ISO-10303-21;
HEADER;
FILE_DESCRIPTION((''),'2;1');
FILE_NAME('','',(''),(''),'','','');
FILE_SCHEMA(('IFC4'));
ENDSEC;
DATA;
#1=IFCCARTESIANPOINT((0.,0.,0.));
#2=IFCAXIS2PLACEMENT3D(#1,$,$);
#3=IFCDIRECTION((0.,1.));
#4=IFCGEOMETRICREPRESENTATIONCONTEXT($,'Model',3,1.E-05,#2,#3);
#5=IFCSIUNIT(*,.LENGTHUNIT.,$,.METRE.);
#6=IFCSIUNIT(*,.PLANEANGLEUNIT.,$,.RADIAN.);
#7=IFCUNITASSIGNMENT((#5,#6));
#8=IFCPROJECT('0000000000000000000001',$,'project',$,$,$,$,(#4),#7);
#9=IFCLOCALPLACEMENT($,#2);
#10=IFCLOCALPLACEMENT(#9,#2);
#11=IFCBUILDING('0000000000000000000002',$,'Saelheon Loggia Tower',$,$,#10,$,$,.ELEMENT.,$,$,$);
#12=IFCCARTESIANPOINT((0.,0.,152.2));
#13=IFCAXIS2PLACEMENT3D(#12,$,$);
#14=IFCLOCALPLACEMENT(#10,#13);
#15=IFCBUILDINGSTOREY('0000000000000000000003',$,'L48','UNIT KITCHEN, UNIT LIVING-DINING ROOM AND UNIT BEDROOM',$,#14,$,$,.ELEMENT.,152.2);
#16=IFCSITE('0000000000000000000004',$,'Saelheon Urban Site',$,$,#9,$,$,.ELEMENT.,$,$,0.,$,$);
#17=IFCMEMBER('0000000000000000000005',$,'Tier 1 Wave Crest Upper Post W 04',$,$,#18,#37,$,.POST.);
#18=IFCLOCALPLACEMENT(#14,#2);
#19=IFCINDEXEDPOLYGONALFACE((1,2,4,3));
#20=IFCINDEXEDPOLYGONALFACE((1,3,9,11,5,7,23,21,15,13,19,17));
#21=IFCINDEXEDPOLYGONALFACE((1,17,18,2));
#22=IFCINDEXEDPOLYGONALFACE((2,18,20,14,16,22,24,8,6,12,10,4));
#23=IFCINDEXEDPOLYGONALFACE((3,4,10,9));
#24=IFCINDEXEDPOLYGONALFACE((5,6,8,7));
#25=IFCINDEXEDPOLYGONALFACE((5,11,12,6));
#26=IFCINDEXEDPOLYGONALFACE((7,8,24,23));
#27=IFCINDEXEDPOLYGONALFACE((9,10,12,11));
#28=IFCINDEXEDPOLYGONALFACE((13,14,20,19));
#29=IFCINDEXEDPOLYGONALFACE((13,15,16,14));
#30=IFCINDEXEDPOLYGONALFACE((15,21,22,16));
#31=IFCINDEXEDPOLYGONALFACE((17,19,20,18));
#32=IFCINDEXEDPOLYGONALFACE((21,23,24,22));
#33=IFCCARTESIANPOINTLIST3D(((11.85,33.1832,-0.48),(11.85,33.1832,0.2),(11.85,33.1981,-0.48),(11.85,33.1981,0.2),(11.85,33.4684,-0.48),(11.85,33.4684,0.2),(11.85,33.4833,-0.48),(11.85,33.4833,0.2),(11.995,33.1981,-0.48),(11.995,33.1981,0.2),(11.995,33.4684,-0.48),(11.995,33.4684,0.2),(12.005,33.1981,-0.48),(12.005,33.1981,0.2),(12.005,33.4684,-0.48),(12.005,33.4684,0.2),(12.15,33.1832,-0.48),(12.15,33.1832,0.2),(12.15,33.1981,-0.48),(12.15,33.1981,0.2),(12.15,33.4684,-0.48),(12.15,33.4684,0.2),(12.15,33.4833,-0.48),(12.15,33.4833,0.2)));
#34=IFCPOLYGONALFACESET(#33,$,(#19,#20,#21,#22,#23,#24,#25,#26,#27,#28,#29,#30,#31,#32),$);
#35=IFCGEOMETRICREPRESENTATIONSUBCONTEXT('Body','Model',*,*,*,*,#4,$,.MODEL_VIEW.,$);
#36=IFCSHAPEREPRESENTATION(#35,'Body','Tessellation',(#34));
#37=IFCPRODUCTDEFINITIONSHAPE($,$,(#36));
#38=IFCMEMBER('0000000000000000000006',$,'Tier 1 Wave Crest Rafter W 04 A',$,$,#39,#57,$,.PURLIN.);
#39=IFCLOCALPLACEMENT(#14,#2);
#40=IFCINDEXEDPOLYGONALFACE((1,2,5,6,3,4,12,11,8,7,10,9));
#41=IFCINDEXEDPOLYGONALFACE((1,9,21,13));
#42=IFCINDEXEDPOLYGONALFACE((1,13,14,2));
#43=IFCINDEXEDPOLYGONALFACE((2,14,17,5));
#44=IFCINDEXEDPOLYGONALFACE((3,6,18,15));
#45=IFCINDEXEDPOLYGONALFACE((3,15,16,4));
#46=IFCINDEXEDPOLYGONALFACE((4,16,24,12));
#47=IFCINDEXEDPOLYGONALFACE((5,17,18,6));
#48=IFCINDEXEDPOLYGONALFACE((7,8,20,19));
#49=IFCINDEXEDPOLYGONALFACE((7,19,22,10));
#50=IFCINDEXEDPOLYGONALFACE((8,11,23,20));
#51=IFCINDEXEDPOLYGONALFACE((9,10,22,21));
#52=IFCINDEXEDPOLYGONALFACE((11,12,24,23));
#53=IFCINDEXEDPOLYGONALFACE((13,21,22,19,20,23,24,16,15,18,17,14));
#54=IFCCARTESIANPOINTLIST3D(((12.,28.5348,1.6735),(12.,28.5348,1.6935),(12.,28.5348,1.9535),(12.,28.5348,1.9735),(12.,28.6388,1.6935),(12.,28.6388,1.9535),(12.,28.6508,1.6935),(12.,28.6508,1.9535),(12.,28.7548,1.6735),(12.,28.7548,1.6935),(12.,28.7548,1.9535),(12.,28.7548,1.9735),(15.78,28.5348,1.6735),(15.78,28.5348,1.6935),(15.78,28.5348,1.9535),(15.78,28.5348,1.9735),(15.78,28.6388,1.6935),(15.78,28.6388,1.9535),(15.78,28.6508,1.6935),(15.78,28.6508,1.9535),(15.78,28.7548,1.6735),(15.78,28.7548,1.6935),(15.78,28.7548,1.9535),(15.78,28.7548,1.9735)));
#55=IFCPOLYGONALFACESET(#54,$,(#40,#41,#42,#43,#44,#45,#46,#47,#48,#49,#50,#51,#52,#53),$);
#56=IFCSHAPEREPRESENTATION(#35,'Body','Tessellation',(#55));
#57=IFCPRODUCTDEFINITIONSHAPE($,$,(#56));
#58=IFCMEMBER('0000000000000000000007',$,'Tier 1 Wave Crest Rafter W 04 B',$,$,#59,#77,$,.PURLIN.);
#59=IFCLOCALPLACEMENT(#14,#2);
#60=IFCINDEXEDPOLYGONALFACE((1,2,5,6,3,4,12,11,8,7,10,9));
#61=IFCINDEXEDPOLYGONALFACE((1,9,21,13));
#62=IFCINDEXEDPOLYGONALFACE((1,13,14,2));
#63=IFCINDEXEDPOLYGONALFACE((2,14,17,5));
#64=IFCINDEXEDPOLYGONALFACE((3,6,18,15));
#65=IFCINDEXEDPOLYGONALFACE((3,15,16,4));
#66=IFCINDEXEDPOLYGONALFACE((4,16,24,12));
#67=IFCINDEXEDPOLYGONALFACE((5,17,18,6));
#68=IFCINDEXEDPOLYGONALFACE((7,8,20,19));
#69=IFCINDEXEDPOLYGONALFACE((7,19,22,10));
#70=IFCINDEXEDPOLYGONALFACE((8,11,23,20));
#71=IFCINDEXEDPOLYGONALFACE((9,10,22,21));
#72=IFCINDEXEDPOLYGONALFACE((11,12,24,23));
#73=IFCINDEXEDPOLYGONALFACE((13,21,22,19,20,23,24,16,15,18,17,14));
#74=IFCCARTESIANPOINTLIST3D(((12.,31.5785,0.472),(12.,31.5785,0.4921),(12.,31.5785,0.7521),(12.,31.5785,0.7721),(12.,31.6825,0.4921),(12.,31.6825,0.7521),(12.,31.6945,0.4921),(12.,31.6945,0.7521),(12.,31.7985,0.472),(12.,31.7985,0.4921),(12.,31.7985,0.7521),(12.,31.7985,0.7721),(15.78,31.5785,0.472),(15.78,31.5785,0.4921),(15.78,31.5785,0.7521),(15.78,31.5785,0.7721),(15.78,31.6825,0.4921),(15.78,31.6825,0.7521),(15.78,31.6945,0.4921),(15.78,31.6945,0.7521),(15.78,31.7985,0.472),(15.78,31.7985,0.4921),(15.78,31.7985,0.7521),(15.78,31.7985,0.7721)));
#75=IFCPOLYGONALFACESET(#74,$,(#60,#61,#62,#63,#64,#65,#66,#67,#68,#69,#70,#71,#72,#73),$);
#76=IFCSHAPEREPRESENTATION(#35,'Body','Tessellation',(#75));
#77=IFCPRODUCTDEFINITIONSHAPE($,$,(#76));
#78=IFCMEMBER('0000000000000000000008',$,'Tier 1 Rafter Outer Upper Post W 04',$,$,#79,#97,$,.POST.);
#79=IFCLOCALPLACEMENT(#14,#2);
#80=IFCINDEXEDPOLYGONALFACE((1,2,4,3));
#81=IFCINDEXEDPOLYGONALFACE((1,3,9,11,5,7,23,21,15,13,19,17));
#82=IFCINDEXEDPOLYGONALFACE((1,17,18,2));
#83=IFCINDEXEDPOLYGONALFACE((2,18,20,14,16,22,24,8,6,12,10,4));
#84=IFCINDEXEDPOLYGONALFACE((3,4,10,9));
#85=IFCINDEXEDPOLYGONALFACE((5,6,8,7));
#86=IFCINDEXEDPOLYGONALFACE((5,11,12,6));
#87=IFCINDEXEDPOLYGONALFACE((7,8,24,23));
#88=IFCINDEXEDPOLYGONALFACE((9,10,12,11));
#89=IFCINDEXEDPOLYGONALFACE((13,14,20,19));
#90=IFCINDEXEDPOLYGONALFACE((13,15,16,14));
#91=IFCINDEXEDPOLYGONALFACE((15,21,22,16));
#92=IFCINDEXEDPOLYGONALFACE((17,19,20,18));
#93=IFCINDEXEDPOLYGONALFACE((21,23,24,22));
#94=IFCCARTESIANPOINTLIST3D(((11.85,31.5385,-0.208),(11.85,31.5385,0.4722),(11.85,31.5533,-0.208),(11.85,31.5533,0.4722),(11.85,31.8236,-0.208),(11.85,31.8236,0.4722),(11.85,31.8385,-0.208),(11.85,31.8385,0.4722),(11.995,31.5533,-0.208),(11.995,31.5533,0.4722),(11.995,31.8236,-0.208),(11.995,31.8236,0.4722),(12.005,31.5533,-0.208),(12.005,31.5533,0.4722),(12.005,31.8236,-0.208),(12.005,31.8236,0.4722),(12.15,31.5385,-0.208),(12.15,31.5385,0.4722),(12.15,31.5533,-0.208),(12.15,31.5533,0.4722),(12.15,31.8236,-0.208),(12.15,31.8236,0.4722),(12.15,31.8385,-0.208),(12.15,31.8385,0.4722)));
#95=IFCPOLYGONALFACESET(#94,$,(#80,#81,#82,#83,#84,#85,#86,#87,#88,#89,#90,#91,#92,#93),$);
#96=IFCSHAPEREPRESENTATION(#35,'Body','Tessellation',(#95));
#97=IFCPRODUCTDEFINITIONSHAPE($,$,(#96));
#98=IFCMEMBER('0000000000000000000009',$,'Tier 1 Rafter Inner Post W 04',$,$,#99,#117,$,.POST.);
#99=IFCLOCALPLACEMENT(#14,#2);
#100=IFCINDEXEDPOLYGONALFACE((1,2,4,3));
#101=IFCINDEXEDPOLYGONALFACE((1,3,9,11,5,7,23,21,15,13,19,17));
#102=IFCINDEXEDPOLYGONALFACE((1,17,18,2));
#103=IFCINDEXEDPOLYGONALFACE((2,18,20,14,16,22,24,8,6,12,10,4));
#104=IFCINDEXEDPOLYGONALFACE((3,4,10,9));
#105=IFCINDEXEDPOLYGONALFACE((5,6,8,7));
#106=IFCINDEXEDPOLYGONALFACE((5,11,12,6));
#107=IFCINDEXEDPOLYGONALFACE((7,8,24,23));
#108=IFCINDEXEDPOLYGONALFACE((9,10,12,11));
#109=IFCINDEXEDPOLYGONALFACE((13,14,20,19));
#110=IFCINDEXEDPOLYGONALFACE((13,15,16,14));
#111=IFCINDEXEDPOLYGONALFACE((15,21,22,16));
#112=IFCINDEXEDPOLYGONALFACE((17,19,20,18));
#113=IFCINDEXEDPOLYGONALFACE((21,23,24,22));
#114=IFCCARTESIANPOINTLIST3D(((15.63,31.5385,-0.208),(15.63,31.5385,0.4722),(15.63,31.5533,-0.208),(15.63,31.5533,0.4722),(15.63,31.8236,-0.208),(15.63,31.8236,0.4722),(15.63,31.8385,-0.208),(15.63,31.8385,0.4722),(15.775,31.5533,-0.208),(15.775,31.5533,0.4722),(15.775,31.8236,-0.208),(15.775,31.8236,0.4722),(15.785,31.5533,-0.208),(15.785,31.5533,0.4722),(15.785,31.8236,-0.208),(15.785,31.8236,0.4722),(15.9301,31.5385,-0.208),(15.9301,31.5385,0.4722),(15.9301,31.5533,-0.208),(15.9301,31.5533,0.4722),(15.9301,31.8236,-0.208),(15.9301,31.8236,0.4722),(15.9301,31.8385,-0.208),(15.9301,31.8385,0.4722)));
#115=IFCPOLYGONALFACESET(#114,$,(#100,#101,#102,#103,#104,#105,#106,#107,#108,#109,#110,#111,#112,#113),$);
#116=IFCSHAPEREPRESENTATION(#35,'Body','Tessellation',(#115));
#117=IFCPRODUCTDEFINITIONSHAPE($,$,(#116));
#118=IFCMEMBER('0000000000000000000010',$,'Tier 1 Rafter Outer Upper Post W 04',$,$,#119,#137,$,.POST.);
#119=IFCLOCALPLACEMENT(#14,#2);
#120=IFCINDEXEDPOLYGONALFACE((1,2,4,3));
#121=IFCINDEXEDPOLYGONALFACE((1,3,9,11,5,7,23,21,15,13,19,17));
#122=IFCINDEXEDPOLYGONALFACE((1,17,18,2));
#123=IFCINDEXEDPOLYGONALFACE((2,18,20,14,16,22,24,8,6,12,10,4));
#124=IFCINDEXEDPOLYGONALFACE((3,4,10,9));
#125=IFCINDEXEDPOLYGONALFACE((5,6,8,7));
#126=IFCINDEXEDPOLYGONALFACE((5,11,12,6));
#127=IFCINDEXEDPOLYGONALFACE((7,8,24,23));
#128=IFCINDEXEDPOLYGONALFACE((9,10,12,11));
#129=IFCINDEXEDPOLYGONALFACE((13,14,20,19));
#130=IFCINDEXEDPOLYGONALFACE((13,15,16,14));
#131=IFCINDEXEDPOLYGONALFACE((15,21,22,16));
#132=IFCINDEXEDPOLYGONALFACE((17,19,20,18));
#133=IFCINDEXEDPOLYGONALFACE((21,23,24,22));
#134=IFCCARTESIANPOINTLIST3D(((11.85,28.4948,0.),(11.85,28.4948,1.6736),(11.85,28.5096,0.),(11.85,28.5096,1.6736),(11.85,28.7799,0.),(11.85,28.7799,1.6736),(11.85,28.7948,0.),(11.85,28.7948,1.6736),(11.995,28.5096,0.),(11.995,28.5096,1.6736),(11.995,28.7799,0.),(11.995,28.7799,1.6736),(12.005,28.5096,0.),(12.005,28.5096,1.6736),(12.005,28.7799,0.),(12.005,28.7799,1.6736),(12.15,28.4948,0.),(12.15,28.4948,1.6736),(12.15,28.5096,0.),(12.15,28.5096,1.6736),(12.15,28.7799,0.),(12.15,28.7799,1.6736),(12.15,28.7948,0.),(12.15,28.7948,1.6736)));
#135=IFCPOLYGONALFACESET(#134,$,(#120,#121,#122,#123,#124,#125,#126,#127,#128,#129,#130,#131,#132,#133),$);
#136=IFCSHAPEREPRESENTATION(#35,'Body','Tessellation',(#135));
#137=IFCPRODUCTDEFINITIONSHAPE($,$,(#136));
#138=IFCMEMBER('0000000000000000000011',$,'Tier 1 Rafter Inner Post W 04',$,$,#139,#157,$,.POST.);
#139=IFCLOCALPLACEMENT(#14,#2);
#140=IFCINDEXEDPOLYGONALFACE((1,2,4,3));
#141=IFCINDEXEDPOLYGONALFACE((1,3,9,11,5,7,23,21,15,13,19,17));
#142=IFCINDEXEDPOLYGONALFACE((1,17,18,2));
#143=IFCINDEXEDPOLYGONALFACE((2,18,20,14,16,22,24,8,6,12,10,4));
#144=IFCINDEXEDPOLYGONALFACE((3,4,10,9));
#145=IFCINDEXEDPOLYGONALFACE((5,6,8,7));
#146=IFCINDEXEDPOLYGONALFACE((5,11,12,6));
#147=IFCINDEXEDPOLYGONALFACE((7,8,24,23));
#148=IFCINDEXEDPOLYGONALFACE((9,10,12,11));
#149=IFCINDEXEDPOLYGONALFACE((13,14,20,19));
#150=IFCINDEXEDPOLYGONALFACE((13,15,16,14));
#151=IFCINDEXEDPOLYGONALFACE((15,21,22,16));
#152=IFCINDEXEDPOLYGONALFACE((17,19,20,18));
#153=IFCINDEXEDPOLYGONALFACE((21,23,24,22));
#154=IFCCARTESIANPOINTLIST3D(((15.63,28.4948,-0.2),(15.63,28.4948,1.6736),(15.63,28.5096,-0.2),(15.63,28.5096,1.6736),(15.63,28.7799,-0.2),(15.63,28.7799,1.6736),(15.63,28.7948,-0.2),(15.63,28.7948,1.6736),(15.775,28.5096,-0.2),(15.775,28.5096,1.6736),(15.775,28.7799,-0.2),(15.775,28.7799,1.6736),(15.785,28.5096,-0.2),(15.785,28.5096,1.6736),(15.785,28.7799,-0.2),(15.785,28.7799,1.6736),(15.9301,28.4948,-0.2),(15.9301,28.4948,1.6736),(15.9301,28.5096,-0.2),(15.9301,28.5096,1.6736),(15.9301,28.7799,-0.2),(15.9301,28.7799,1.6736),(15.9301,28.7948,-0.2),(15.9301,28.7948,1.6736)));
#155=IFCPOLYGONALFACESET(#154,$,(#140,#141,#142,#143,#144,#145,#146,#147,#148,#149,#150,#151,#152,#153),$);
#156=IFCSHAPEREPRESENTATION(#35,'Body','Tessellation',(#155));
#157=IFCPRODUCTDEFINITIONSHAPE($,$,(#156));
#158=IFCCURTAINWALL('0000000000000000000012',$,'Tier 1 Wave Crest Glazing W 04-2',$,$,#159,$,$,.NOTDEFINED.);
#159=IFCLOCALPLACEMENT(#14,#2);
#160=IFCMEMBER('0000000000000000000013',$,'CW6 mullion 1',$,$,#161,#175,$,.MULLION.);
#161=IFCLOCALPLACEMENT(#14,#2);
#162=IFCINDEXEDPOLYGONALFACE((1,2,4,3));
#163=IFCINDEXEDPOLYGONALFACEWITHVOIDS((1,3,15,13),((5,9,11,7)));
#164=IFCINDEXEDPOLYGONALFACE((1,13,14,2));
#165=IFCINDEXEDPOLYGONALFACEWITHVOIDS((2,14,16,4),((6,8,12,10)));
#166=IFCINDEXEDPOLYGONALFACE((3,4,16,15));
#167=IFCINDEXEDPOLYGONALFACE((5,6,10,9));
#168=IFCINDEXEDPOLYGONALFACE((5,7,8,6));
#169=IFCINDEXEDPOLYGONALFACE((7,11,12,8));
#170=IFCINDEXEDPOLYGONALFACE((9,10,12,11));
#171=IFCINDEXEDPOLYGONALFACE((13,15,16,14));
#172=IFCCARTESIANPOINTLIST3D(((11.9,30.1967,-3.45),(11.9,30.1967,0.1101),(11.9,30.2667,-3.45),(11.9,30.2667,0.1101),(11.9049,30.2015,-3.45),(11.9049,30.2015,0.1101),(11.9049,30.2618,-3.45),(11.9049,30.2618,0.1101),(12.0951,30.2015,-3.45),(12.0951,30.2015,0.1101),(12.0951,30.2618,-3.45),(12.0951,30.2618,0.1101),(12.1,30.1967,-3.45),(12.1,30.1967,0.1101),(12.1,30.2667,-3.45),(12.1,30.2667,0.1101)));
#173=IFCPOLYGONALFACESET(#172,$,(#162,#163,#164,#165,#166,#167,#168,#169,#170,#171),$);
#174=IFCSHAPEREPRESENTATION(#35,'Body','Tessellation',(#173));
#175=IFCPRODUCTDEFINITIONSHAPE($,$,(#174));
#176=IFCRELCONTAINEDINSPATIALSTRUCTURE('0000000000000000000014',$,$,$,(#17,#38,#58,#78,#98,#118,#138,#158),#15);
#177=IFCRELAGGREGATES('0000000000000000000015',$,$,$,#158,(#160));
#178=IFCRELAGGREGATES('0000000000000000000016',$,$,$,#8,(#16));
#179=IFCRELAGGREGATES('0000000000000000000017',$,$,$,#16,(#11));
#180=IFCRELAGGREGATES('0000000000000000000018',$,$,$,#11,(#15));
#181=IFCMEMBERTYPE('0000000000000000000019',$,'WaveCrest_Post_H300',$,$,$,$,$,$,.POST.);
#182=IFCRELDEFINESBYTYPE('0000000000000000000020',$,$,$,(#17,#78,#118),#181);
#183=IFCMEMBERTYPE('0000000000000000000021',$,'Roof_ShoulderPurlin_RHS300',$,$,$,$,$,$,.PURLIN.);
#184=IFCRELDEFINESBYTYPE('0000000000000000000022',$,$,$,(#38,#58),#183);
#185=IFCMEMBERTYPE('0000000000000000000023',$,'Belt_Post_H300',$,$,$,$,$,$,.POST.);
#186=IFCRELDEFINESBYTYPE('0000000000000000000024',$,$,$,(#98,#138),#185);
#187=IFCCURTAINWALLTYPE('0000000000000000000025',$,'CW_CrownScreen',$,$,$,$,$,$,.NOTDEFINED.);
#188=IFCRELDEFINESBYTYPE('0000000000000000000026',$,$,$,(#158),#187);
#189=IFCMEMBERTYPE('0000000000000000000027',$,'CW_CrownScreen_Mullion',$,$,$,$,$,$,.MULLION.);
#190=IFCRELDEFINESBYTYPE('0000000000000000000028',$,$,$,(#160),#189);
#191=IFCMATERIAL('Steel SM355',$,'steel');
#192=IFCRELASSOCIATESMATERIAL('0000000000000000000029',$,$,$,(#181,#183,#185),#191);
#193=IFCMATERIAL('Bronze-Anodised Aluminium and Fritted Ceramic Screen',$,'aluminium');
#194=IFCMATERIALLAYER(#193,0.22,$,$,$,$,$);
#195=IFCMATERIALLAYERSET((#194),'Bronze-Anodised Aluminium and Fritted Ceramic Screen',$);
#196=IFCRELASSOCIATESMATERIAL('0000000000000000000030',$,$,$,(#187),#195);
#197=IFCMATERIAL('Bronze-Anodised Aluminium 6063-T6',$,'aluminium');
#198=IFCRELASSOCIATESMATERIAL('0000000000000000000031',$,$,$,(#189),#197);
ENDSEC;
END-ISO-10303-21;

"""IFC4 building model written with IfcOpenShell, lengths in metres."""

from ifc_helpers import new_model, si_unit, direction, frame, origin, origin_2d, place, context, subcontext, project, spatial, hollow_rectangle, i_section, extrude, source, transform, mapped, material, layer, layer_set, material_profile, profile_set, type_object, element, aggregate, save


model = new_model("IFC4")

# Units and contexts
model_context = context("Model", 3, precision=1e-05, world=origin(), true_north=direction((0.0, 1.0)))
body_context = subcontext(model_context, "Body", "Model", "MODEL_VIEW")
ifc_project = project(units=[si_unit("LENGTHUNIT", "METRE"), si_unit("PLANEANGLEUNIT", "RADIAN")], contexts=[model_context])

# Site, building, storey
site_placement = place(None, origin())
site = spatial("IfcSite", under=ifc_project, at=site_placement, Name="Saelheon Urban Site", CompositionType="ELEMENT", RefElevation=0.0)
building_placement = place(site_placement, origin())
building = spatial("IfcBuilding", under=site, at=building_placement, Name="Saelheon Loggia Tower", CompositionType="ELEMENT")
storey_placement = place(building_placement, frame((0.0, 0.0, 152.2)))
storey = spatial("IfcBuildingStorey", under=building, at=storey_placement, Name="L48", Description="UNIT KITCHEN, UNIT LIVING-DINING ROOM AND UNIT BEDROOM", CompositionType="ELEMENT", Elevation=152.2)

# Members
ifc_material_1 = material(Name="Steel SM355", Category="steel")
ifc_material_profile_1 = material_profile(ifc_material_1, i_section(OverallWidth=0.3, OverallDepth=0.3, WebThickness=0.01, FlangeThickness=0.0149, at=origin_2d()), Name="H-300x300x10x15")
ifc_profile_set_1 = profile_set([ifc_material_profile_1], Name="Steel SM355")
member_type_1 = type_object("IfcMemberType", Name="WaveCrest_Post_H300", PredefinedType="POST", material=ifc_profile_set_1)
shared_shape_1 = source(origin(), body_context, "Body", "SweptSolid", [
    extrude(i_section(OverallWidth=0.3, OverallDepth=0.3, WebThickness=0.01, FlangeThickness=0.0149, at=origin_2d()), origin(), (0.0, 0.0, 1.0), 0.6799),
])
member_1_placement = place(storey_placement, frame((12.0, 33.3333, -0.48), z_axis=(0.0, 0.0, 1.0), x_axis=(1.0, 0.0, 0.0)))
element("IfcMember", 1, at=member_1_placement, inside=storey, type_object=member_type_1, Name="Tier 1 Wave Crest Upper Post W 04", PredefinedType="POST", context=body_context, shape_type="MappedRepresentation", body=[
    mapped(shared_shape_1, transform((0.0, 0.0, 0.0), scale=1.0)),
])
ifc_material_profile_2 = material_profile(ifc_material_1, i_section(OverallWidth=0.22, OverallDepth=0.3, WebThickness=0.012, FlangeThickness=0.02, at=origin_2d()), Name="H-300x220x12x20")
ifc_profile_set_2 = profile_set([ifc_material_profile_2], Name="Steel SM355")
member_type_2 = type_object("IfcMemberType", Name="Roof_ShoulderPurlin_RHS300", PredefinedType="PURLIN", material=ifc_profile_set_2)
shared_shape_2 = source(origin(), body_context, "Body", "SweptSolid", [
    extrude(i_section(OverallWidth=0.22, OverallDepth=0.3, WebThickness=0.012, FlangeThickness=0.02, at=origin_2d()), origin(), (0.0, 0.0, 1.0), 3.78),
])
for number, where, z_axis, x_axis, name in (
    (2, (12.0, 28.6448, 1.8235), (1.0, 0.0, 0.0), (0.0, 1.0, 0.0), "Tier 1 Wave Crest Rafter W 04 A"),
    (3, (12.0, 31.6885, 0.6221), (1.0, 0.0, 0.0), (0.0, 1.0, 0.0), "Tier 1 Wave Crest Rafter W 04 B"),
):
    element("IfcMember", number, at=place(storey_placement, frame(where, z_axis=z_axis, x_axis=x_axis)), inside=storey, type_object=member_type_2, Name=name, PredefinedType="PURLIN", context=body_context, shape_type="MappedRepresentation", body=[
        mapped(shared_shape_2, transform((0.0, 0.0, 0.0), scale=1.0)),
    ])
shared_shape_3 = source(origin(), body_context, "Body", "SweptSolid", [
    extrude(i_section(OverallWidth=0.3, OverallDepth=0.3, WebThickness=0.01, FlangeThickness=0.0149, at=origin_2d()), origin(), (0.0, 0.0, 1.0), 0.6802),
])
member_2_placement = place(storey_placement, frame((12.0, 31.6885, -0.208), z_axis=(0.0, 0.0, 1.0), x_axis=(1.0, 0.0, 0.0)))
element("IfcMember", 4, at=member_2_placement, inside=storey, type_object=member_type_1, Name="Tier 1 Rafter Outer Upper Post W 04", PredefinedType="POST", context=body_context, shape_type="MappedRepresentation", body=[
    mapped(shared_shape_3, transform((0.0, 0.0, 0.0), scale=1.0)),
])
ifc_material_profile_3 = material_profile(ifc_material_1, i_section(OverallWidth=0.3, OverallDepth=0.3, WebThickness=0.01, FlangeThickness=0.0149, at=origin_2d()), Name="H-300x300x10x15")
ifc_profile_set_3 = profile_set([ifc_material_profile_3], Name="Steel SM355")
member_type_3 = type_object("IfcMemberType", Name="Belt_Post_H300", PredefinedType="POST", material=ifc_profile_set_3)
member_3_placement = place(storey_placement, frame((15.78, 31.6885, -0.208), z_axis=(0.0, 0.0, 1.0), x_axis=(1.0, 0.0, 0.0)))
element("IfcMember", 5, at=member_3_placement, inside=storey, type_object=member_type_3, Name="Tier 1 Rafter Inner Post W 04", PredefinedType="POST", context=body_context, shape_type="MappedRepresentation", body=[
    mapped(shared_shape_3, transform((0.0, 0.0, 0.0), scale=1.0)),
])
shared_shape_4 = source(origin(), body_context, "Body", "SweptSolid", [
    extrude(i_section(OverallWidth=0.3, OverallDepth=0.3, WebThickness=0.01, FlangeThickness=0.0149, at=origin_2d()), origin(), (0.0, 0.0, 1.0), 1.6736),
])
member_4_placement = place(storey_placement, frame((12.0, 28.6448, 0.0), z_axis=(0.0, 0.0, 1.0), x_axis=(1.0, 0.0, 0.0)))
element("IfcMember", 6, at=member_4_placement, inside=storey, type_object=member_type_1, Name="Tier 1 Rafter Outer Upper Post W 04", PredefinedType="POST", context=body_context, shape_type="MappedRepresentation", body=[
    mapped(shared_shape_4, transform((0.0, 0.0, 0.0), scale=1.0)),
])
shared_shape_5 = source(origin(), body_context, "Body", "SweptSolid", [
    extrude(i_section(OverallWidth=0.3, OverallDepth=0.3, WebThickness=0.01, FlangeThickness=0.0149, at=origin_2d()), origin(), (0.0, 0.0, 1.0), 1.8735),
])
member_5_placement = place(storey_placement, frame((15.78, 28.6448, -0.2), z_axis=(0.0, 0.0, 1.0), x_axis=(1.0, 0.0, 0.0)))
element("IfcMember", 7, at=member_5_placement, inside=storey, type_object=member_type_3, Name="Tier 1 Rafter Inner Post W 04", PredefinedType="POST", context=body_context, shape_type="MappedRepresentation", body=[
    mapped(shared_shape_5, transform((0.0, 0.0, 0.0), scale=1.0)),
])

# Curtain wall, member
ifc_material_2 = material(Name="Bronze-Anodised Aluminium and Fritted Ceramic Screen", Category="aluminium")
ifc_layer_1 = layer(ifc_material_2, 0.22)
ifc_layer_set_1 = layer_set([ifc_layer_1], Name="Bronze-Anodised Aluminium and Fritted Ceramic Screen")
curtain_wall_type = type_object("IfcCurtainWallType", Name="CW_CrownScreen", PredefinedType="NOTDEFINED", material=ifc_layer_set_1)
curtain_wall_1_placement = place(storey_placement, origin())
curtain_wall_1 = element("IfcCurtainWall", 8, at=curtain_wall_1_placement, inside=storey, type_object=curtain_wall_type, Name="Tier 1 Wave Crest Glazing W 04-2", PredefinedType="NOTDEFINED")
ifc_material_3 = material(Name="Bronze-Anodised Aluminium 6063-T6", Category="aluminium")
ifc_material_profile_4 = material_profile(ifc_material_3, hollow_rectangle(XDim=0.0701, YDim=0.2, WallThickness=0.0049, at=origin_2d()), Name="RHS-200x70x5")
ifc_profile_set_4 = profile_set([ifc_material_profile_4], Name="Bronze-Anodised Aluminium 6063-T6")
member_type_4 = type_object("IfcMemberType", Name="CW_CrownScreen_Mullion", PredefinedType="MULLION", material=ifc_profile_set_4)
shared_shape_6 = source(origin(), body_context, "Body", "SweptSolid", [
    extrude(hollow_rectangle(XDim=0.0701, YDim=0.2, WallThickness=0.0049, at=origin_2d()), origin(), (0.0, 0.0, 1.0), 3.5601),
])
member_6_placement = place(storey_placement, frame((12.0, 30.2317, -3.45), z_axis=(0.0, 0.0, 1.0), x_axis=(0.0, 1.0, 0.0)))
member_6 = element("IfcMember", 9, at=member_6_placement, type_object=member_type_4, Name="CW6 mullion 1", PredefinedType="MULLION", context=body_context, shape_type="MappedRepresentation", body=[
    mapped(shared_shape_6, transform((0.0, 0.0, 0.0), scale=1.0)),
])

aggregate(curtain_wall_1, [member_6])

save(model, "model.ifc")
